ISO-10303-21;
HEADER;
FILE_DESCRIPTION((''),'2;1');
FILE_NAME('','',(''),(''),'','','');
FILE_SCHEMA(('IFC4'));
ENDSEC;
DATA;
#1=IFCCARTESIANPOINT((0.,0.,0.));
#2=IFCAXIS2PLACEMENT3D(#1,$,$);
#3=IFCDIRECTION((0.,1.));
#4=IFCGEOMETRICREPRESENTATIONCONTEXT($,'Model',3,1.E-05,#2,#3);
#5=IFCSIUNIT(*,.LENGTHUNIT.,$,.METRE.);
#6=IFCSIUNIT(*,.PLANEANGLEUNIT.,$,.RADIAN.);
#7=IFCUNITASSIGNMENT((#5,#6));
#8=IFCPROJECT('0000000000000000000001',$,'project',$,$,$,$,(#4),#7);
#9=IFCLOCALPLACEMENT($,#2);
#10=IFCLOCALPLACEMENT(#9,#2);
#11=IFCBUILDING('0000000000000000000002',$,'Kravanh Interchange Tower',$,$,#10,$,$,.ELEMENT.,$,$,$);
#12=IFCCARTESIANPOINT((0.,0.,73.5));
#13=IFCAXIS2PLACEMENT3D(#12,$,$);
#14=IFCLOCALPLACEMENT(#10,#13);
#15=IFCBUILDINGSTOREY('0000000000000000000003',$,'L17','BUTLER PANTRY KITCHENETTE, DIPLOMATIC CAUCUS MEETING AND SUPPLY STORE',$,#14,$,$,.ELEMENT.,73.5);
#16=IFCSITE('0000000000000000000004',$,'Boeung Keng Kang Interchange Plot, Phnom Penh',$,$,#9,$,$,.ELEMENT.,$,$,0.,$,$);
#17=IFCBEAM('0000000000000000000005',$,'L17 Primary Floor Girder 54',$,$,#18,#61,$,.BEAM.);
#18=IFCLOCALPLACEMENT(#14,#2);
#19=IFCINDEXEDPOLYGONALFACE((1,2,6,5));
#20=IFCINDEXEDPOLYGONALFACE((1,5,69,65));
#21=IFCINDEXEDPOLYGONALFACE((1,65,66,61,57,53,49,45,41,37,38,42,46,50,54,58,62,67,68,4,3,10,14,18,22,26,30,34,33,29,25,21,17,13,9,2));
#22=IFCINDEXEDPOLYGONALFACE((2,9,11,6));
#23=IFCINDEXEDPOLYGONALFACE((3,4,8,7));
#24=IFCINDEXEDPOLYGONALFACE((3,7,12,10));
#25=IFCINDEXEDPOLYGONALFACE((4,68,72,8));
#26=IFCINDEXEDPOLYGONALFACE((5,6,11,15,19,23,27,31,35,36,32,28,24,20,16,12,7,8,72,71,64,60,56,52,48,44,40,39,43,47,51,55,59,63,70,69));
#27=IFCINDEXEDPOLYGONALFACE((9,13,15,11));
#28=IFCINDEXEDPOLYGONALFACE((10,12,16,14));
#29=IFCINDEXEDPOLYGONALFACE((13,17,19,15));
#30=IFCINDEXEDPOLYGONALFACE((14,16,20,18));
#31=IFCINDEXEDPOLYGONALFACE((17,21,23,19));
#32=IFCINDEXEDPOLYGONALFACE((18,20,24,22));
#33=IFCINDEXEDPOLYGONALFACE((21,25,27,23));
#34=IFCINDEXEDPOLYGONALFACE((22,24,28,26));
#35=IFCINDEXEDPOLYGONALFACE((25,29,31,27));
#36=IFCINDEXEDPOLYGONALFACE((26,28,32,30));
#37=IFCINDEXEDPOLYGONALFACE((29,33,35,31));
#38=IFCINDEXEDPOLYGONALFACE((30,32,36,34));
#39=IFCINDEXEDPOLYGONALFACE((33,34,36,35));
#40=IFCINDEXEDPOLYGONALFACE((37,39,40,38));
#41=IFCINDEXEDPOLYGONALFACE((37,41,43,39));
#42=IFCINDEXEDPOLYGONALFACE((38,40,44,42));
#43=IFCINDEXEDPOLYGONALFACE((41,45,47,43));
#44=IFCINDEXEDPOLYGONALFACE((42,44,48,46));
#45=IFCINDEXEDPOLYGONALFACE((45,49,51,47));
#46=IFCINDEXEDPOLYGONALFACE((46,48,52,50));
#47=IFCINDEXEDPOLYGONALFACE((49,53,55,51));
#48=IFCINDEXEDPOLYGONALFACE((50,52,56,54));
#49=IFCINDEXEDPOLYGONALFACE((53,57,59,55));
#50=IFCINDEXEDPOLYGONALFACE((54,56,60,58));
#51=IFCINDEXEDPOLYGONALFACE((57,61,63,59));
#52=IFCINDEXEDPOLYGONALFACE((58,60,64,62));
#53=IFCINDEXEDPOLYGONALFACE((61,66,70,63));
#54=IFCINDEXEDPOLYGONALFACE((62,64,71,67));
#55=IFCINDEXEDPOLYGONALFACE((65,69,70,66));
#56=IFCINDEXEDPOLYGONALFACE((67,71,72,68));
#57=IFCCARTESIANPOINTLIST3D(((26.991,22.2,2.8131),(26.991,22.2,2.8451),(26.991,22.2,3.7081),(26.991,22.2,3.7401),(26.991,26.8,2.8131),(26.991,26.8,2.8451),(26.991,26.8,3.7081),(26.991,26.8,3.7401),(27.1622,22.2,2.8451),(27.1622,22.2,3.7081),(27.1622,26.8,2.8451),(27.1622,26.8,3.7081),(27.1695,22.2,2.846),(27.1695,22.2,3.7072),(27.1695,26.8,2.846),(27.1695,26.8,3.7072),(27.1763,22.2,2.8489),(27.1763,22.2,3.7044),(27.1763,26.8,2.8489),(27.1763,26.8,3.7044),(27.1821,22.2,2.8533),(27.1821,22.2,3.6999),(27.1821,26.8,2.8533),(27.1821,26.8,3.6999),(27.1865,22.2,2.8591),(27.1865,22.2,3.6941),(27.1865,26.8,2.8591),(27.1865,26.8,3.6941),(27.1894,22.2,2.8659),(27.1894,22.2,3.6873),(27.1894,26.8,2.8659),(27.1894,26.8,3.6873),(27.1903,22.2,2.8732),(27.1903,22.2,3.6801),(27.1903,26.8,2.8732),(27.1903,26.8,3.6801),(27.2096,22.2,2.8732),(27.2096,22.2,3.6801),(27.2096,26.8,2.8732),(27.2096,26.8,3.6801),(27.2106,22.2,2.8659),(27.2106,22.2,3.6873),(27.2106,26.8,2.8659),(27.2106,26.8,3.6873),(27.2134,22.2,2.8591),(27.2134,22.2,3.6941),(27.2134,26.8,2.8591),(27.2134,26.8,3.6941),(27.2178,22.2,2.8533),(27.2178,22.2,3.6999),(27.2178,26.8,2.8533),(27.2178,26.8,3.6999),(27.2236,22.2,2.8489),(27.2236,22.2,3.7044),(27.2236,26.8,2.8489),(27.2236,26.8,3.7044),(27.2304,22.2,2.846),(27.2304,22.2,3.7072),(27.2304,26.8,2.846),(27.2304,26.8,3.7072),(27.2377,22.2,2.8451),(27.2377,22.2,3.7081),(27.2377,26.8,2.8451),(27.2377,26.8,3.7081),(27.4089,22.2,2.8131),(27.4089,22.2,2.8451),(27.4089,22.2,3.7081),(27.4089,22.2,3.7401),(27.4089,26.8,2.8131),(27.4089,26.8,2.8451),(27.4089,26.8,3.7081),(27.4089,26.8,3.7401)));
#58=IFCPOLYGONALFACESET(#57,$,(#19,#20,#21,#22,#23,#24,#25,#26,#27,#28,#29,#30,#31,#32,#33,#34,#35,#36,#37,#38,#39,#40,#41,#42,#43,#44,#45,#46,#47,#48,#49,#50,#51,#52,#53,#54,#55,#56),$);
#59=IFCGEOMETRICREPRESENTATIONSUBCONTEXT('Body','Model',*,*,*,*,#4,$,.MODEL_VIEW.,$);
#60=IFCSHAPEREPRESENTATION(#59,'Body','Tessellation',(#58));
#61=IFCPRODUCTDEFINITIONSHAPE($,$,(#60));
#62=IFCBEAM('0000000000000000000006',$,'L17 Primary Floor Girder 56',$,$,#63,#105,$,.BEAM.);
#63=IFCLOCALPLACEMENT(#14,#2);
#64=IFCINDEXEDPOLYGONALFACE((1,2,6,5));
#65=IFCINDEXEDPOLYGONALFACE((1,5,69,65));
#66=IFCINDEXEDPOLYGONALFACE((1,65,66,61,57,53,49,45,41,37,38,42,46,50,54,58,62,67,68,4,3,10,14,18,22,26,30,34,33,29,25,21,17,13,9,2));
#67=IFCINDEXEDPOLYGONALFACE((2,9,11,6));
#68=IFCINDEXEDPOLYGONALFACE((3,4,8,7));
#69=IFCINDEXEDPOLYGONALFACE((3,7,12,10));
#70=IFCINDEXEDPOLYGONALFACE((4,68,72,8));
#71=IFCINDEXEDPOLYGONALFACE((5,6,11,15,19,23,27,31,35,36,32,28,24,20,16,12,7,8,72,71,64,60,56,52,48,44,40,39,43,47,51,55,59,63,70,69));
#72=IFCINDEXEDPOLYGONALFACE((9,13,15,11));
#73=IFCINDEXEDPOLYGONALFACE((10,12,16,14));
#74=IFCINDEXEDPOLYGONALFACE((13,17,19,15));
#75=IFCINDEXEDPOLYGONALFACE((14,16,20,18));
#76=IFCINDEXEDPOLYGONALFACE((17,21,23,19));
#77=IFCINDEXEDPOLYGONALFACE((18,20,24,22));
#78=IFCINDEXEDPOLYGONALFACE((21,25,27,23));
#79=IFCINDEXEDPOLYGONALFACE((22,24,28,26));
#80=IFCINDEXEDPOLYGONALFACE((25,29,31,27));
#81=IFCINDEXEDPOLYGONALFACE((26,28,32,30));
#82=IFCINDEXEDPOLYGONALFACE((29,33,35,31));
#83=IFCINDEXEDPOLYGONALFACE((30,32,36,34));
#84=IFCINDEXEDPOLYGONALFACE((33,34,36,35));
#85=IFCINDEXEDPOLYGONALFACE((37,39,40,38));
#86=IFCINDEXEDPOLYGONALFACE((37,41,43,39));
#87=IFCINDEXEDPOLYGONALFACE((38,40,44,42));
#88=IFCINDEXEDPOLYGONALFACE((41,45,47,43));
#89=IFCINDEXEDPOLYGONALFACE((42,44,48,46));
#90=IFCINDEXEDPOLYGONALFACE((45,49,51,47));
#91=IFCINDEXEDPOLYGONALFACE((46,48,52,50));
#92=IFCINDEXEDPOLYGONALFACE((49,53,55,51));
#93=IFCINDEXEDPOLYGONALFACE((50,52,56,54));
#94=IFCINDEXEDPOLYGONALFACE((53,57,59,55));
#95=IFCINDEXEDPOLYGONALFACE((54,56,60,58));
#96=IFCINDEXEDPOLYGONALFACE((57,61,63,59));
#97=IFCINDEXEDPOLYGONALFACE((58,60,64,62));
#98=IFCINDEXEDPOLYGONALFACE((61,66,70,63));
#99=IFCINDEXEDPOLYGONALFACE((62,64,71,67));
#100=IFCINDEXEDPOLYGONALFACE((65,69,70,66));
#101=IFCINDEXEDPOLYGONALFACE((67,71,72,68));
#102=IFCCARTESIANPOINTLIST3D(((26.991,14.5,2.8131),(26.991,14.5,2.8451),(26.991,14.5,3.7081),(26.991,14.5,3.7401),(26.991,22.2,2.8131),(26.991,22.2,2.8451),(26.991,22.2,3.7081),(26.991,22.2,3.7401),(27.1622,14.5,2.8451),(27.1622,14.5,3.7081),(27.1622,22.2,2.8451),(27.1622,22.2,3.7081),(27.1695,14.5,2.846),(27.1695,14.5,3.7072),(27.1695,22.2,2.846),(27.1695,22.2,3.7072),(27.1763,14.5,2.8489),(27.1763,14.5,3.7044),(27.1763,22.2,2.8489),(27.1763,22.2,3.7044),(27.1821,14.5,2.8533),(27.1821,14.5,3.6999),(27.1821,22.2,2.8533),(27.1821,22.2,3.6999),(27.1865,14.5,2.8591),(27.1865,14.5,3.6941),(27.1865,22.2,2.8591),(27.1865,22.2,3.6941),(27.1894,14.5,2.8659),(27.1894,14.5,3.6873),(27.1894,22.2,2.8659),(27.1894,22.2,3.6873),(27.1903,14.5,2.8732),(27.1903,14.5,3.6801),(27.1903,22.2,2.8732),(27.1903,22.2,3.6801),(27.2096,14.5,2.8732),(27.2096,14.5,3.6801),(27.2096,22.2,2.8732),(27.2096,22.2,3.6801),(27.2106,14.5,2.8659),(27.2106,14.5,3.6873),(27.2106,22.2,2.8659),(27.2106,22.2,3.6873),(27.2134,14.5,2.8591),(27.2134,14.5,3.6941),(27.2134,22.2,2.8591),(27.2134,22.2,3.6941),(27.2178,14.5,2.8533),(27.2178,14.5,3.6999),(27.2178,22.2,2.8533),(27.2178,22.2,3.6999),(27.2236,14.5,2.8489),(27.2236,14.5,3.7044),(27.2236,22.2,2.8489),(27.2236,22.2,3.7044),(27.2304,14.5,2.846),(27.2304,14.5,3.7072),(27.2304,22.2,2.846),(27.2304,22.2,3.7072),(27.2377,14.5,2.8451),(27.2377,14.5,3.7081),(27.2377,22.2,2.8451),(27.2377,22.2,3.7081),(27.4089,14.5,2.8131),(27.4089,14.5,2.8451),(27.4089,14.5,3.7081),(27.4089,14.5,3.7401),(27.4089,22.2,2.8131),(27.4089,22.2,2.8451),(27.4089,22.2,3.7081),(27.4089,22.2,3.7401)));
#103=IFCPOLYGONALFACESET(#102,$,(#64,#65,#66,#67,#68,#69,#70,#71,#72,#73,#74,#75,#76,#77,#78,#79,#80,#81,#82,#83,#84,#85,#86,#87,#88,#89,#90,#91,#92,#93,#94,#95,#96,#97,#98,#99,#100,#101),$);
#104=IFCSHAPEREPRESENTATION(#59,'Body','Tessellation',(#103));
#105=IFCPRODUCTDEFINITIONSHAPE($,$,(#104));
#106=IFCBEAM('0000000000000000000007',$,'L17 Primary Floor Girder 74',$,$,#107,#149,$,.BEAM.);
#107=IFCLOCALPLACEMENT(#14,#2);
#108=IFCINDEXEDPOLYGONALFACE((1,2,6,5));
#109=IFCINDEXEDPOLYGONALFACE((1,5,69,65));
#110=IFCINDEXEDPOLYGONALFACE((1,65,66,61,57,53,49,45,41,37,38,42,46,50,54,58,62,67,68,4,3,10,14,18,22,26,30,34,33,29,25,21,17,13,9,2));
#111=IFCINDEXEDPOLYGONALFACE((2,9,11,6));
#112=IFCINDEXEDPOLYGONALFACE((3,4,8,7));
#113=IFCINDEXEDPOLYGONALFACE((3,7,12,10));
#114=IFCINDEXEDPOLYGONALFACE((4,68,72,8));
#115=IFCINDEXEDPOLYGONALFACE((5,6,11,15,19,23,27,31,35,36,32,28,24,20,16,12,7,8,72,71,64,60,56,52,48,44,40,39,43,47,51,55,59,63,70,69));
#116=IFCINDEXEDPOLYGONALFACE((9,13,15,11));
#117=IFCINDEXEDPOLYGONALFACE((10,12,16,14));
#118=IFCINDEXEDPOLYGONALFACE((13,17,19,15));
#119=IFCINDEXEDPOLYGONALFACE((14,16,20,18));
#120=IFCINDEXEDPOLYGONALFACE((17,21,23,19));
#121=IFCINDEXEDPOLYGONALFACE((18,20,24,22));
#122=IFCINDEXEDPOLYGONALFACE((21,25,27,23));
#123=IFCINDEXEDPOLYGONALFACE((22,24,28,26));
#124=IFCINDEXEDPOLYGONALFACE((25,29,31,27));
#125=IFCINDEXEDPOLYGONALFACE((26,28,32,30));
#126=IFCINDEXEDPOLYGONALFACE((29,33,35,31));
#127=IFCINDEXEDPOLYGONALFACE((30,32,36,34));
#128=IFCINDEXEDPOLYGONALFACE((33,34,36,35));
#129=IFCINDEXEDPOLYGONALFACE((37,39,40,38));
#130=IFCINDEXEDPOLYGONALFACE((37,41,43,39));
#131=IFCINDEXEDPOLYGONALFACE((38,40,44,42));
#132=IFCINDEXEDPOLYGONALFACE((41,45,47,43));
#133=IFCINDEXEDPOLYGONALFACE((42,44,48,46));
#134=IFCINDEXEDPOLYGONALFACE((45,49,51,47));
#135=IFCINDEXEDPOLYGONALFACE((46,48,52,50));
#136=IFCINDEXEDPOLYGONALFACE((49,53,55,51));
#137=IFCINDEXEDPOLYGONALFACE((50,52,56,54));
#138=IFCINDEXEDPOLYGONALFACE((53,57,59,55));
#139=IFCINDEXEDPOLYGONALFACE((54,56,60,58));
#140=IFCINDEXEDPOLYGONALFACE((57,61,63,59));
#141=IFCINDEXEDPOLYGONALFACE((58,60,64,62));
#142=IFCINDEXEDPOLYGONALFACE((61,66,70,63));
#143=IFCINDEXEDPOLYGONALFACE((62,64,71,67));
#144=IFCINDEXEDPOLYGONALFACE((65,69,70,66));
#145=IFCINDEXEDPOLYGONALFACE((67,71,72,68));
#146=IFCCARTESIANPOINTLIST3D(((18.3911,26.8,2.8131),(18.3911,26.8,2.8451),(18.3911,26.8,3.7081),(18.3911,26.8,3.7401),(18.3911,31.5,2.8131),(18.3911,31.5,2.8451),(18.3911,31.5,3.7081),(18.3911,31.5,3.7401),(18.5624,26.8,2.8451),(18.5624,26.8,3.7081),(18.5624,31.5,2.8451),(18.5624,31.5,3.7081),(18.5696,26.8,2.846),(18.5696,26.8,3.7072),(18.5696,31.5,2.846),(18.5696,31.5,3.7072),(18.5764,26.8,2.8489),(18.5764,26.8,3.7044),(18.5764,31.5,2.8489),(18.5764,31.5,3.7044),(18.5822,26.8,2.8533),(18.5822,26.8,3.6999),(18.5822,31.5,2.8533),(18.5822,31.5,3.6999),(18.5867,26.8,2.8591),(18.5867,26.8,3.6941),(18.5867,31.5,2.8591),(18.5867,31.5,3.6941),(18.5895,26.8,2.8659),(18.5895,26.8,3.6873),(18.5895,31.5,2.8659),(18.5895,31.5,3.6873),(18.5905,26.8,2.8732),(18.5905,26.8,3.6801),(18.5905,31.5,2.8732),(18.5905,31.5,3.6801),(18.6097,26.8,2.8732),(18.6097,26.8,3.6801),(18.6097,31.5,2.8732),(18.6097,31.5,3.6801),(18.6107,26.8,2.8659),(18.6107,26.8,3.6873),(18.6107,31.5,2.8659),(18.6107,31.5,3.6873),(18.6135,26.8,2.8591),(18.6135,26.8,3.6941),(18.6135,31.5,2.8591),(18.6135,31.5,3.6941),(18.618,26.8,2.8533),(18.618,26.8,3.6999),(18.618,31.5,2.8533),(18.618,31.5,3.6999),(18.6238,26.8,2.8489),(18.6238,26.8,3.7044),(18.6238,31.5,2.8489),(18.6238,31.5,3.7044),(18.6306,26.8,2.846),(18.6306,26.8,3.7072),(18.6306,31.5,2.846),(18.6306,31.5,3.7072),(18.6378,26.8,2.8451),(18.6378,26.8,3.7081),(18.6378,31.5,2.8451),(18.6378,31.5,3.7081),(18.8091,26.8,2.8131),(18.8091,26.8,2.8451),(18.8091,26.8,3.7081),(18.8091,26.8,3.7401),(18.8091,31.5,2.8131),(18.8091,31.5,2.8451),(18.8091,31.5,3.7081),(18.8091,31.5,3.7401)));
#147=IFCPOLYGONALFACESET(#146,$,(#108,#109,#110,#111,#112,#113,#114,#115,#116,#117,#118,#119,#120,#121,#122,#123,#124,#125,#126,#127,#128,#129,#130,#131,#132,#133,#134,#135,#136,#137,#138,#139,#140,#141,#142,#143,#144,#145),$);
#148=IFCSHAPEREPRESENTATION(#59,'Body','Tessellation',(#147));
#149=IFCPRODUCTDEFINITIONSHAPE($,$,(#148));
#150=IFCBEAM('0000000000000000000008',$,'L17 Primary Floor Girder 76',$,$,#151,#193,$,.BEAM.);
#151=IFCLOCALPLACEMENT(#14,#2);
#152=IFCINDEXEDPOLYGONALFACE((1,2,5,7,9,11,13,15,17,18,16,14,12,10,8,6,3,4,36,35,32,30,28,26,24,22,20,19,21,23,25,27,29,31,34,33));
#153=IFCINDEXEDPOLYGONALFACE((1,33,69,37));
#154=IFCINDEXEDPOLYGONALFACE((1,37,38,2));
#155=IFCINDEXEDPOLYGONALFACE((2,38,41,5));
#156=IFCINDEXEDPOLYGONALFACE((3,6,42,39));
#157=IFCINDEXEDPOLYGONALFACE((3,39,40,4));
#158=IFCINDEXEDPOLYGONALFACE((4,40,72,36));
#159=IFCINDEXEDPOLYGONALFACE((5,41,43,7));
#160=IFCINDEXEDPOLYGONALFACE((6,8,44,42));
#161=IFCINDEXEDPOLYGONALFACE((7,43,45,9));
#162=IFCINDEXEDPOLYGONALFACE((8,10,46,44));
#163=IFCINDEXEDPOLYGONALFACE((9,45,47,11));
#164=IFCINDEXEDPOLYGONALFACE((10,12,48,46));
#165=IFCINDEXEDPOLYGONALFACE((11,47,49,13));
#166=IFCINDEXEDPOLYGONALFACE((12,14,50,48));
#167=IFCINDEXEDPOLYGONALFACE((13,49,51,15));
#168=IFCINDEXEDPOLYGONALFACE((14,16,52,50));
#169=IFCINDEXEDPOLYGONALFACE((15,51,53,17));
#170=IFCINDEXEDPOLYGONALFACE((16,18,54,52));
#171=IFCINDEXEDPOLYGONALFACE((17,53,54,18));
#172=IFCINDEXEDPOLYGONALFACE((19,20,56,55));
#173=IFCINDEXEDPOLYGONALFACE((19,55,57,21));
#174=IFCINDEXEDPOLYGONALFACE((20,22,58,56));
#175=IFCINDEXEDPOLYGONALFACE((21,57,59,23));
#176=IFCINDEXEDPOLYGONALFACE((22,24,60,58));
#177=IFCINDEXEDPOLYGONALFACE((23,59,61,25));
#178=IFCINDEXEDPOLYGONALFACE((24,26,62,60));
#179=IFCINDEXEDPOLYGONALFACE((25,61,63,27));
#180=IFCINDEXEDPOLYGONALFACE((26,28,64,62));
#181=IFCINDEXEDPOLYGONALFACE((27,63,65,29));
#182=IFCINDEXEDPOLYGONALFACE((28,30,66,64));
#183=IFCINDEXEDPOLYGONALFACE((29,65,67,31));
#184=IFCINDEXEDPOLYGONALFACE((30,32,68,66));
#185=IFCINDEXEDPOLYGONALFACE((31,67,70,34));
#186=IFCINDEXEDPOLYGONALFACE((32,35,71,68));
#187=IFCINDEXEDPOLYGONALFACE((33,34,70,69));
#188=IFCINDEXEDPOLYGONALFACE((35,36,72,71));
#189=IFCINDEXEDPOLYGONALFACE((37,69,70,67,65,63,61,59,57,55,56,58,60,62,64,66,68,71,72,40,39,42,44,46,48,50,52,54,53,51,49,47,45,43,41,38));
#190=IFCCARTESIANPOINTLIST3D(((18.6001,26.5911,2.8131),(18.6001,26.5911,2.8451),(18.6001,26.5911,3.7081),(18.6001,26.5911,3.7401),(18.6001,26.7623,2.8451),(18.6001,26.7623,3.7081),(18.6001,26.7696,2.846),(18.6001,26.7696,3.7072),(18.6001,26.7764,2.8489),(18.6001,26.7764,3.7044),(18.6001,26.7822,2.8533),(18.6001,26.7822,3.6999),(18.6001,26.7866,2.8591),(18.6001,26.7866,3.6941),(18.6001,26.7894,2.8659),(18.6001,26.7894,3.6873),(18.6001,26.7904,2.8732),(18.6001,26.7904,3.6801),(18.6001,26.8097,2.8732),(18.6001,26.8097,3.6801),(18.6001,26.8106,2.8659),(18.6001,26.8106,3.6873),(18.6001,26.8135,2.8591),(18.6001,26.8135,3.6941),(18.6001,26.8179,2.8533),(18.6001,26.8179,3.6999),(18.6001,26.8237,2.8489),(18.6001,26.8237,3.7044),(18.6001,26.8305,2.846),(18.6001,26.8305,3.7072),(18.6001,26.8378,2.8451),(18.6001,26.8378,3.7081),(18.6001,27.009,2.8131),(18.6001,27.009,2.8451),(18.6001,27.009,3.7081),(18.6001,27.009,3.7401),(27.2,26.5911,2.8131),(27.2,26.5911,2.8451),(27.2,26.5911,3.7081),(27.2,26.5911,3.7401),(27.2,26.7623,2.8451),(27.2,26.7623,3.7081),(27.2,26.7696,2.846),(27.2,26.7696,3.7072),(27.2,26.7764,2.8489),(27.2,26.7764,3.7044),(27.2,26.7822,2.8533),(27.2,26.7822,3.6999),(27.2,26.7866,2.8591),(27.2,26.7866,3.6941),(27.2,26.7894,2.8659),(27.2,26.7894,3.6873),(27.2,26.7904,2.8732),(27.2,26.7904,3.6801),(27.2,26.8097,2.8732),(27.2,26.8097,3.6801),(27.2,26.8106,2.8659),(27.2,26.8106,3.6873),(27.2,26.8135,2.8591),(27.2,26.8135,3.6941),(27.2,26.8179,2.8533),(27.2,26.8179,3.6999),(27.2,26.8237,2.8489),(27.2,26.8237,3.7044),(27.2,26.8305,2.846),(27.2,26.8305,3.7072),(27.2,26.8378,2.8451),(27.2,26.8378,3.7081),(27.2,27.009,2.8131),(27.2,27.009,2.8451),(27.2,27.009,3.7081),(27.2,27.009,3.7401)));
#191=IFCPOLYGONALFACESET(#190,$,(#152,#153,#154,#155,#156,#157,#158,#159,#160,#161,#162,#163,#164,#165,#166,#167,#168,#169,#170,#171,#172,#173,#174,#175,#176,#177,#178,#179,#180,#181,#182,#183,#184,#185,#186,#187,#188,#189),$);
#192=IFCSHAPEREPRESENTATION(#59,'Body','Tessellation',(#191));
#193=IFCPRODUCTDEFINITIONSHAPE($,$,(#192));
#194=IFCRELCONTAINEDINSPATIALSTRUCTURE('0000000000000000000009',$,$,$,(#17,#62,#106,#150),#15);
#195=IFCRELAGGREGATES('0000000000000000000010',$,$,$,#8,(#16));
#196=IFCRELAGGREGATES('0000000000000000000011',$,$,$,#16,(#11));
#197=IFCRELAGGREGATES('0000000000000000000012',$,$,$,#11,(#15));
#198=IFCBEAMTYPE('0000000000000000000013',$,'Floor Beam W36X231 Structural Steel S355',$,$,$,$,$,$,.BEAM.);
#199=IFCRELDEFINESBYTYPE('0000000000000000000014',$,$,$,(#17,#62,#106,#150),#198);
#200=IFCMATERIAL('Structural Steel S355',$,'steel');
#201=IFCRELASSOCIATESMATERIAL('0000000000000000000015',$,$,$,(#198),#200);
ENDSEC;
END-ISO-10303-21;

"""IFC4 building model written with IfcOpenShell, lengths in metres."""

from ifc_helpers import new_model, si_unit, direction, frame, origin, origin_2d, place, context, subcontext, project, spatial, i_section, extrude, material, material_profile, profile_set, type_object, element, save


model = new_model("IFC4")

# Units and contexts
model_context = context("Model", 3, precision=1e-05, world=origin(), true_north=direction((0.0, 1.0)))
body_context = subcontext(model_context, "Body", "Model", "MODEL_VIEW")
ifc_project = project(units=[si_unit("LENGTHUNIT", "METRE"), si_unit("PLANEANGLEUNIT", "RADIAN")], contexts=[model_context])

# Site, building, storey
site_placement = place(None, origin())
site = spatial("IfcSite", under=ifc_project, at=site_placement, Name="Boeung Keng Kang Interchange Plot, Phnom Penh", CompositionType="ELEMENT", RefElevation=0.0)
building_placement = place(site_placement, origin())
building = spatial("IfcBuilding", under=site, at=building_placement, Name="Kravanh Interchange Tower", CompositionType="ELEMENT")
storey_placement = place(building_placement, frame((0.0, 0.0, 73.5)))
storey = spatial("IfcBuildingStorey", under=building, at=storey_placement, Name="L17", Description="BUTLER PANTRY KITCHENETTE, DIPLOMATIC CAUCUS MEETING AND SUPPLY STORE", CompositionType="ELEMENT", Elevation=73.5)

# Beams
ifc_material_1 = material(Name="Structural Steel S355", Category="steel")
ifc_material_profile_1 = material_profile(ifc_material_1, i_section(OverallWidth=0.418, OverallDepth=0.927, WebThickness=0.0193, FlangeThickness=0.032, FilletRadius=0.0281, at=origin_2d()), Name="W36X231")
ifc_profile_set_1 = profile_set([ifc_material_profile_1], Name="Structural Steel S355")
beam_type_1 = type_object("IfcBeamType", Name="Floor Beam W36X231 Structural Steel S355", PredefinedType="BEAM", material=ifc_profile_set_1)
beam_1_placement = place(storey_placement, frame((27.2, 22.2, 3.2766), z_axis=(0.0, 1.0, 0.0), x_axis=(-1.0, 0.0, 0.0)))
element("IfcBeam", 1, at=beam_1_placement, inside=storey, type_object=beam_type_1, Name="L17 Primary Floor Girder 54", PredefinedType="BEAM", context=body_context, shape_type="SweptSolid", body=[
    extrude(i_section(OverallWidth=0.418, OverallDepth=0.927, WebThickness=0.0193, FlangeThickness=0.032, FilletRadius=0.0281, at=origin_2d()), origin(), (0.0, 0.0, 1.0), 4.6001),
])
beam_2_placement = place(storey_placement, frame((27.2, 22.2, 3.2766), z_axis=(0.0, -1.0, 0.0), x_axis=(1.0, 0.0, 0.0)))
element("IfcBeam", 2, at=beam_2_placement, inside=storey, type_object=beam_type_1, Name="L17 Primary Floor Girder 56", PredefinedType="BEAM", context=body_context, shape_type="SweptSolid", body=[
    extrude(i_section(OverallWidth=0.418, OverallDepth=0.927, WebThickness=0.0193, FlangeThickness=0.032, FilletRadius=0.0281, at=origin_2d()), origin(), (0.0, 0.0, 1.0), 7.7),
])
beam_3_placement = place(storey_placement, frame((18.6001, 26.8, 3.2766), z_axis=(0.0, 1.0, 0.0), x_axis=(-1.0, 0.0, 0.0)))
element("IfcBeam", 3, at=beam_3_placement, inside=storey, type_object=beam_type_1, Name="L17 Primary Floor Girder 74", PredefinedType="BEAM", context=body_context, shape_type="SweptSolid", body=[
    extrude(i_section(OverallWidth=0.418, OverallDepth=0.927, WebThickness=0.0193, FlangeThickness=0.032, FilletRadius=0.0281, at=origin_2d()), origin(), (0.0, 0.0, 1.0), 4.7),
])
beam_4_placement = place(storey_placement, frame((18.6001, 26.8, 3.2766), z_axis=(1.0, 0.0, 0.0), x_axis=(0.0, 1.0, 0.0)))
element("IfcBeam", 4, at=beam_4_placement, inside=storey, type_object=beam_type_1, Name="L17 Primary Floor Girder 76", PredefinedType="BEAM", context=body_context, shape_type="SweptSolid", body=[
    extrude(i_section(OverallWidth=0.418, OverallDepth=0.927, WebThickness=0.0193, FlangeThickness=0.032, FilletRadius=0.0281, at=origin_2d()), origin(), (0.0, 0.0, 1.0), 8.5999),
])

save(model, "model.ifc")
